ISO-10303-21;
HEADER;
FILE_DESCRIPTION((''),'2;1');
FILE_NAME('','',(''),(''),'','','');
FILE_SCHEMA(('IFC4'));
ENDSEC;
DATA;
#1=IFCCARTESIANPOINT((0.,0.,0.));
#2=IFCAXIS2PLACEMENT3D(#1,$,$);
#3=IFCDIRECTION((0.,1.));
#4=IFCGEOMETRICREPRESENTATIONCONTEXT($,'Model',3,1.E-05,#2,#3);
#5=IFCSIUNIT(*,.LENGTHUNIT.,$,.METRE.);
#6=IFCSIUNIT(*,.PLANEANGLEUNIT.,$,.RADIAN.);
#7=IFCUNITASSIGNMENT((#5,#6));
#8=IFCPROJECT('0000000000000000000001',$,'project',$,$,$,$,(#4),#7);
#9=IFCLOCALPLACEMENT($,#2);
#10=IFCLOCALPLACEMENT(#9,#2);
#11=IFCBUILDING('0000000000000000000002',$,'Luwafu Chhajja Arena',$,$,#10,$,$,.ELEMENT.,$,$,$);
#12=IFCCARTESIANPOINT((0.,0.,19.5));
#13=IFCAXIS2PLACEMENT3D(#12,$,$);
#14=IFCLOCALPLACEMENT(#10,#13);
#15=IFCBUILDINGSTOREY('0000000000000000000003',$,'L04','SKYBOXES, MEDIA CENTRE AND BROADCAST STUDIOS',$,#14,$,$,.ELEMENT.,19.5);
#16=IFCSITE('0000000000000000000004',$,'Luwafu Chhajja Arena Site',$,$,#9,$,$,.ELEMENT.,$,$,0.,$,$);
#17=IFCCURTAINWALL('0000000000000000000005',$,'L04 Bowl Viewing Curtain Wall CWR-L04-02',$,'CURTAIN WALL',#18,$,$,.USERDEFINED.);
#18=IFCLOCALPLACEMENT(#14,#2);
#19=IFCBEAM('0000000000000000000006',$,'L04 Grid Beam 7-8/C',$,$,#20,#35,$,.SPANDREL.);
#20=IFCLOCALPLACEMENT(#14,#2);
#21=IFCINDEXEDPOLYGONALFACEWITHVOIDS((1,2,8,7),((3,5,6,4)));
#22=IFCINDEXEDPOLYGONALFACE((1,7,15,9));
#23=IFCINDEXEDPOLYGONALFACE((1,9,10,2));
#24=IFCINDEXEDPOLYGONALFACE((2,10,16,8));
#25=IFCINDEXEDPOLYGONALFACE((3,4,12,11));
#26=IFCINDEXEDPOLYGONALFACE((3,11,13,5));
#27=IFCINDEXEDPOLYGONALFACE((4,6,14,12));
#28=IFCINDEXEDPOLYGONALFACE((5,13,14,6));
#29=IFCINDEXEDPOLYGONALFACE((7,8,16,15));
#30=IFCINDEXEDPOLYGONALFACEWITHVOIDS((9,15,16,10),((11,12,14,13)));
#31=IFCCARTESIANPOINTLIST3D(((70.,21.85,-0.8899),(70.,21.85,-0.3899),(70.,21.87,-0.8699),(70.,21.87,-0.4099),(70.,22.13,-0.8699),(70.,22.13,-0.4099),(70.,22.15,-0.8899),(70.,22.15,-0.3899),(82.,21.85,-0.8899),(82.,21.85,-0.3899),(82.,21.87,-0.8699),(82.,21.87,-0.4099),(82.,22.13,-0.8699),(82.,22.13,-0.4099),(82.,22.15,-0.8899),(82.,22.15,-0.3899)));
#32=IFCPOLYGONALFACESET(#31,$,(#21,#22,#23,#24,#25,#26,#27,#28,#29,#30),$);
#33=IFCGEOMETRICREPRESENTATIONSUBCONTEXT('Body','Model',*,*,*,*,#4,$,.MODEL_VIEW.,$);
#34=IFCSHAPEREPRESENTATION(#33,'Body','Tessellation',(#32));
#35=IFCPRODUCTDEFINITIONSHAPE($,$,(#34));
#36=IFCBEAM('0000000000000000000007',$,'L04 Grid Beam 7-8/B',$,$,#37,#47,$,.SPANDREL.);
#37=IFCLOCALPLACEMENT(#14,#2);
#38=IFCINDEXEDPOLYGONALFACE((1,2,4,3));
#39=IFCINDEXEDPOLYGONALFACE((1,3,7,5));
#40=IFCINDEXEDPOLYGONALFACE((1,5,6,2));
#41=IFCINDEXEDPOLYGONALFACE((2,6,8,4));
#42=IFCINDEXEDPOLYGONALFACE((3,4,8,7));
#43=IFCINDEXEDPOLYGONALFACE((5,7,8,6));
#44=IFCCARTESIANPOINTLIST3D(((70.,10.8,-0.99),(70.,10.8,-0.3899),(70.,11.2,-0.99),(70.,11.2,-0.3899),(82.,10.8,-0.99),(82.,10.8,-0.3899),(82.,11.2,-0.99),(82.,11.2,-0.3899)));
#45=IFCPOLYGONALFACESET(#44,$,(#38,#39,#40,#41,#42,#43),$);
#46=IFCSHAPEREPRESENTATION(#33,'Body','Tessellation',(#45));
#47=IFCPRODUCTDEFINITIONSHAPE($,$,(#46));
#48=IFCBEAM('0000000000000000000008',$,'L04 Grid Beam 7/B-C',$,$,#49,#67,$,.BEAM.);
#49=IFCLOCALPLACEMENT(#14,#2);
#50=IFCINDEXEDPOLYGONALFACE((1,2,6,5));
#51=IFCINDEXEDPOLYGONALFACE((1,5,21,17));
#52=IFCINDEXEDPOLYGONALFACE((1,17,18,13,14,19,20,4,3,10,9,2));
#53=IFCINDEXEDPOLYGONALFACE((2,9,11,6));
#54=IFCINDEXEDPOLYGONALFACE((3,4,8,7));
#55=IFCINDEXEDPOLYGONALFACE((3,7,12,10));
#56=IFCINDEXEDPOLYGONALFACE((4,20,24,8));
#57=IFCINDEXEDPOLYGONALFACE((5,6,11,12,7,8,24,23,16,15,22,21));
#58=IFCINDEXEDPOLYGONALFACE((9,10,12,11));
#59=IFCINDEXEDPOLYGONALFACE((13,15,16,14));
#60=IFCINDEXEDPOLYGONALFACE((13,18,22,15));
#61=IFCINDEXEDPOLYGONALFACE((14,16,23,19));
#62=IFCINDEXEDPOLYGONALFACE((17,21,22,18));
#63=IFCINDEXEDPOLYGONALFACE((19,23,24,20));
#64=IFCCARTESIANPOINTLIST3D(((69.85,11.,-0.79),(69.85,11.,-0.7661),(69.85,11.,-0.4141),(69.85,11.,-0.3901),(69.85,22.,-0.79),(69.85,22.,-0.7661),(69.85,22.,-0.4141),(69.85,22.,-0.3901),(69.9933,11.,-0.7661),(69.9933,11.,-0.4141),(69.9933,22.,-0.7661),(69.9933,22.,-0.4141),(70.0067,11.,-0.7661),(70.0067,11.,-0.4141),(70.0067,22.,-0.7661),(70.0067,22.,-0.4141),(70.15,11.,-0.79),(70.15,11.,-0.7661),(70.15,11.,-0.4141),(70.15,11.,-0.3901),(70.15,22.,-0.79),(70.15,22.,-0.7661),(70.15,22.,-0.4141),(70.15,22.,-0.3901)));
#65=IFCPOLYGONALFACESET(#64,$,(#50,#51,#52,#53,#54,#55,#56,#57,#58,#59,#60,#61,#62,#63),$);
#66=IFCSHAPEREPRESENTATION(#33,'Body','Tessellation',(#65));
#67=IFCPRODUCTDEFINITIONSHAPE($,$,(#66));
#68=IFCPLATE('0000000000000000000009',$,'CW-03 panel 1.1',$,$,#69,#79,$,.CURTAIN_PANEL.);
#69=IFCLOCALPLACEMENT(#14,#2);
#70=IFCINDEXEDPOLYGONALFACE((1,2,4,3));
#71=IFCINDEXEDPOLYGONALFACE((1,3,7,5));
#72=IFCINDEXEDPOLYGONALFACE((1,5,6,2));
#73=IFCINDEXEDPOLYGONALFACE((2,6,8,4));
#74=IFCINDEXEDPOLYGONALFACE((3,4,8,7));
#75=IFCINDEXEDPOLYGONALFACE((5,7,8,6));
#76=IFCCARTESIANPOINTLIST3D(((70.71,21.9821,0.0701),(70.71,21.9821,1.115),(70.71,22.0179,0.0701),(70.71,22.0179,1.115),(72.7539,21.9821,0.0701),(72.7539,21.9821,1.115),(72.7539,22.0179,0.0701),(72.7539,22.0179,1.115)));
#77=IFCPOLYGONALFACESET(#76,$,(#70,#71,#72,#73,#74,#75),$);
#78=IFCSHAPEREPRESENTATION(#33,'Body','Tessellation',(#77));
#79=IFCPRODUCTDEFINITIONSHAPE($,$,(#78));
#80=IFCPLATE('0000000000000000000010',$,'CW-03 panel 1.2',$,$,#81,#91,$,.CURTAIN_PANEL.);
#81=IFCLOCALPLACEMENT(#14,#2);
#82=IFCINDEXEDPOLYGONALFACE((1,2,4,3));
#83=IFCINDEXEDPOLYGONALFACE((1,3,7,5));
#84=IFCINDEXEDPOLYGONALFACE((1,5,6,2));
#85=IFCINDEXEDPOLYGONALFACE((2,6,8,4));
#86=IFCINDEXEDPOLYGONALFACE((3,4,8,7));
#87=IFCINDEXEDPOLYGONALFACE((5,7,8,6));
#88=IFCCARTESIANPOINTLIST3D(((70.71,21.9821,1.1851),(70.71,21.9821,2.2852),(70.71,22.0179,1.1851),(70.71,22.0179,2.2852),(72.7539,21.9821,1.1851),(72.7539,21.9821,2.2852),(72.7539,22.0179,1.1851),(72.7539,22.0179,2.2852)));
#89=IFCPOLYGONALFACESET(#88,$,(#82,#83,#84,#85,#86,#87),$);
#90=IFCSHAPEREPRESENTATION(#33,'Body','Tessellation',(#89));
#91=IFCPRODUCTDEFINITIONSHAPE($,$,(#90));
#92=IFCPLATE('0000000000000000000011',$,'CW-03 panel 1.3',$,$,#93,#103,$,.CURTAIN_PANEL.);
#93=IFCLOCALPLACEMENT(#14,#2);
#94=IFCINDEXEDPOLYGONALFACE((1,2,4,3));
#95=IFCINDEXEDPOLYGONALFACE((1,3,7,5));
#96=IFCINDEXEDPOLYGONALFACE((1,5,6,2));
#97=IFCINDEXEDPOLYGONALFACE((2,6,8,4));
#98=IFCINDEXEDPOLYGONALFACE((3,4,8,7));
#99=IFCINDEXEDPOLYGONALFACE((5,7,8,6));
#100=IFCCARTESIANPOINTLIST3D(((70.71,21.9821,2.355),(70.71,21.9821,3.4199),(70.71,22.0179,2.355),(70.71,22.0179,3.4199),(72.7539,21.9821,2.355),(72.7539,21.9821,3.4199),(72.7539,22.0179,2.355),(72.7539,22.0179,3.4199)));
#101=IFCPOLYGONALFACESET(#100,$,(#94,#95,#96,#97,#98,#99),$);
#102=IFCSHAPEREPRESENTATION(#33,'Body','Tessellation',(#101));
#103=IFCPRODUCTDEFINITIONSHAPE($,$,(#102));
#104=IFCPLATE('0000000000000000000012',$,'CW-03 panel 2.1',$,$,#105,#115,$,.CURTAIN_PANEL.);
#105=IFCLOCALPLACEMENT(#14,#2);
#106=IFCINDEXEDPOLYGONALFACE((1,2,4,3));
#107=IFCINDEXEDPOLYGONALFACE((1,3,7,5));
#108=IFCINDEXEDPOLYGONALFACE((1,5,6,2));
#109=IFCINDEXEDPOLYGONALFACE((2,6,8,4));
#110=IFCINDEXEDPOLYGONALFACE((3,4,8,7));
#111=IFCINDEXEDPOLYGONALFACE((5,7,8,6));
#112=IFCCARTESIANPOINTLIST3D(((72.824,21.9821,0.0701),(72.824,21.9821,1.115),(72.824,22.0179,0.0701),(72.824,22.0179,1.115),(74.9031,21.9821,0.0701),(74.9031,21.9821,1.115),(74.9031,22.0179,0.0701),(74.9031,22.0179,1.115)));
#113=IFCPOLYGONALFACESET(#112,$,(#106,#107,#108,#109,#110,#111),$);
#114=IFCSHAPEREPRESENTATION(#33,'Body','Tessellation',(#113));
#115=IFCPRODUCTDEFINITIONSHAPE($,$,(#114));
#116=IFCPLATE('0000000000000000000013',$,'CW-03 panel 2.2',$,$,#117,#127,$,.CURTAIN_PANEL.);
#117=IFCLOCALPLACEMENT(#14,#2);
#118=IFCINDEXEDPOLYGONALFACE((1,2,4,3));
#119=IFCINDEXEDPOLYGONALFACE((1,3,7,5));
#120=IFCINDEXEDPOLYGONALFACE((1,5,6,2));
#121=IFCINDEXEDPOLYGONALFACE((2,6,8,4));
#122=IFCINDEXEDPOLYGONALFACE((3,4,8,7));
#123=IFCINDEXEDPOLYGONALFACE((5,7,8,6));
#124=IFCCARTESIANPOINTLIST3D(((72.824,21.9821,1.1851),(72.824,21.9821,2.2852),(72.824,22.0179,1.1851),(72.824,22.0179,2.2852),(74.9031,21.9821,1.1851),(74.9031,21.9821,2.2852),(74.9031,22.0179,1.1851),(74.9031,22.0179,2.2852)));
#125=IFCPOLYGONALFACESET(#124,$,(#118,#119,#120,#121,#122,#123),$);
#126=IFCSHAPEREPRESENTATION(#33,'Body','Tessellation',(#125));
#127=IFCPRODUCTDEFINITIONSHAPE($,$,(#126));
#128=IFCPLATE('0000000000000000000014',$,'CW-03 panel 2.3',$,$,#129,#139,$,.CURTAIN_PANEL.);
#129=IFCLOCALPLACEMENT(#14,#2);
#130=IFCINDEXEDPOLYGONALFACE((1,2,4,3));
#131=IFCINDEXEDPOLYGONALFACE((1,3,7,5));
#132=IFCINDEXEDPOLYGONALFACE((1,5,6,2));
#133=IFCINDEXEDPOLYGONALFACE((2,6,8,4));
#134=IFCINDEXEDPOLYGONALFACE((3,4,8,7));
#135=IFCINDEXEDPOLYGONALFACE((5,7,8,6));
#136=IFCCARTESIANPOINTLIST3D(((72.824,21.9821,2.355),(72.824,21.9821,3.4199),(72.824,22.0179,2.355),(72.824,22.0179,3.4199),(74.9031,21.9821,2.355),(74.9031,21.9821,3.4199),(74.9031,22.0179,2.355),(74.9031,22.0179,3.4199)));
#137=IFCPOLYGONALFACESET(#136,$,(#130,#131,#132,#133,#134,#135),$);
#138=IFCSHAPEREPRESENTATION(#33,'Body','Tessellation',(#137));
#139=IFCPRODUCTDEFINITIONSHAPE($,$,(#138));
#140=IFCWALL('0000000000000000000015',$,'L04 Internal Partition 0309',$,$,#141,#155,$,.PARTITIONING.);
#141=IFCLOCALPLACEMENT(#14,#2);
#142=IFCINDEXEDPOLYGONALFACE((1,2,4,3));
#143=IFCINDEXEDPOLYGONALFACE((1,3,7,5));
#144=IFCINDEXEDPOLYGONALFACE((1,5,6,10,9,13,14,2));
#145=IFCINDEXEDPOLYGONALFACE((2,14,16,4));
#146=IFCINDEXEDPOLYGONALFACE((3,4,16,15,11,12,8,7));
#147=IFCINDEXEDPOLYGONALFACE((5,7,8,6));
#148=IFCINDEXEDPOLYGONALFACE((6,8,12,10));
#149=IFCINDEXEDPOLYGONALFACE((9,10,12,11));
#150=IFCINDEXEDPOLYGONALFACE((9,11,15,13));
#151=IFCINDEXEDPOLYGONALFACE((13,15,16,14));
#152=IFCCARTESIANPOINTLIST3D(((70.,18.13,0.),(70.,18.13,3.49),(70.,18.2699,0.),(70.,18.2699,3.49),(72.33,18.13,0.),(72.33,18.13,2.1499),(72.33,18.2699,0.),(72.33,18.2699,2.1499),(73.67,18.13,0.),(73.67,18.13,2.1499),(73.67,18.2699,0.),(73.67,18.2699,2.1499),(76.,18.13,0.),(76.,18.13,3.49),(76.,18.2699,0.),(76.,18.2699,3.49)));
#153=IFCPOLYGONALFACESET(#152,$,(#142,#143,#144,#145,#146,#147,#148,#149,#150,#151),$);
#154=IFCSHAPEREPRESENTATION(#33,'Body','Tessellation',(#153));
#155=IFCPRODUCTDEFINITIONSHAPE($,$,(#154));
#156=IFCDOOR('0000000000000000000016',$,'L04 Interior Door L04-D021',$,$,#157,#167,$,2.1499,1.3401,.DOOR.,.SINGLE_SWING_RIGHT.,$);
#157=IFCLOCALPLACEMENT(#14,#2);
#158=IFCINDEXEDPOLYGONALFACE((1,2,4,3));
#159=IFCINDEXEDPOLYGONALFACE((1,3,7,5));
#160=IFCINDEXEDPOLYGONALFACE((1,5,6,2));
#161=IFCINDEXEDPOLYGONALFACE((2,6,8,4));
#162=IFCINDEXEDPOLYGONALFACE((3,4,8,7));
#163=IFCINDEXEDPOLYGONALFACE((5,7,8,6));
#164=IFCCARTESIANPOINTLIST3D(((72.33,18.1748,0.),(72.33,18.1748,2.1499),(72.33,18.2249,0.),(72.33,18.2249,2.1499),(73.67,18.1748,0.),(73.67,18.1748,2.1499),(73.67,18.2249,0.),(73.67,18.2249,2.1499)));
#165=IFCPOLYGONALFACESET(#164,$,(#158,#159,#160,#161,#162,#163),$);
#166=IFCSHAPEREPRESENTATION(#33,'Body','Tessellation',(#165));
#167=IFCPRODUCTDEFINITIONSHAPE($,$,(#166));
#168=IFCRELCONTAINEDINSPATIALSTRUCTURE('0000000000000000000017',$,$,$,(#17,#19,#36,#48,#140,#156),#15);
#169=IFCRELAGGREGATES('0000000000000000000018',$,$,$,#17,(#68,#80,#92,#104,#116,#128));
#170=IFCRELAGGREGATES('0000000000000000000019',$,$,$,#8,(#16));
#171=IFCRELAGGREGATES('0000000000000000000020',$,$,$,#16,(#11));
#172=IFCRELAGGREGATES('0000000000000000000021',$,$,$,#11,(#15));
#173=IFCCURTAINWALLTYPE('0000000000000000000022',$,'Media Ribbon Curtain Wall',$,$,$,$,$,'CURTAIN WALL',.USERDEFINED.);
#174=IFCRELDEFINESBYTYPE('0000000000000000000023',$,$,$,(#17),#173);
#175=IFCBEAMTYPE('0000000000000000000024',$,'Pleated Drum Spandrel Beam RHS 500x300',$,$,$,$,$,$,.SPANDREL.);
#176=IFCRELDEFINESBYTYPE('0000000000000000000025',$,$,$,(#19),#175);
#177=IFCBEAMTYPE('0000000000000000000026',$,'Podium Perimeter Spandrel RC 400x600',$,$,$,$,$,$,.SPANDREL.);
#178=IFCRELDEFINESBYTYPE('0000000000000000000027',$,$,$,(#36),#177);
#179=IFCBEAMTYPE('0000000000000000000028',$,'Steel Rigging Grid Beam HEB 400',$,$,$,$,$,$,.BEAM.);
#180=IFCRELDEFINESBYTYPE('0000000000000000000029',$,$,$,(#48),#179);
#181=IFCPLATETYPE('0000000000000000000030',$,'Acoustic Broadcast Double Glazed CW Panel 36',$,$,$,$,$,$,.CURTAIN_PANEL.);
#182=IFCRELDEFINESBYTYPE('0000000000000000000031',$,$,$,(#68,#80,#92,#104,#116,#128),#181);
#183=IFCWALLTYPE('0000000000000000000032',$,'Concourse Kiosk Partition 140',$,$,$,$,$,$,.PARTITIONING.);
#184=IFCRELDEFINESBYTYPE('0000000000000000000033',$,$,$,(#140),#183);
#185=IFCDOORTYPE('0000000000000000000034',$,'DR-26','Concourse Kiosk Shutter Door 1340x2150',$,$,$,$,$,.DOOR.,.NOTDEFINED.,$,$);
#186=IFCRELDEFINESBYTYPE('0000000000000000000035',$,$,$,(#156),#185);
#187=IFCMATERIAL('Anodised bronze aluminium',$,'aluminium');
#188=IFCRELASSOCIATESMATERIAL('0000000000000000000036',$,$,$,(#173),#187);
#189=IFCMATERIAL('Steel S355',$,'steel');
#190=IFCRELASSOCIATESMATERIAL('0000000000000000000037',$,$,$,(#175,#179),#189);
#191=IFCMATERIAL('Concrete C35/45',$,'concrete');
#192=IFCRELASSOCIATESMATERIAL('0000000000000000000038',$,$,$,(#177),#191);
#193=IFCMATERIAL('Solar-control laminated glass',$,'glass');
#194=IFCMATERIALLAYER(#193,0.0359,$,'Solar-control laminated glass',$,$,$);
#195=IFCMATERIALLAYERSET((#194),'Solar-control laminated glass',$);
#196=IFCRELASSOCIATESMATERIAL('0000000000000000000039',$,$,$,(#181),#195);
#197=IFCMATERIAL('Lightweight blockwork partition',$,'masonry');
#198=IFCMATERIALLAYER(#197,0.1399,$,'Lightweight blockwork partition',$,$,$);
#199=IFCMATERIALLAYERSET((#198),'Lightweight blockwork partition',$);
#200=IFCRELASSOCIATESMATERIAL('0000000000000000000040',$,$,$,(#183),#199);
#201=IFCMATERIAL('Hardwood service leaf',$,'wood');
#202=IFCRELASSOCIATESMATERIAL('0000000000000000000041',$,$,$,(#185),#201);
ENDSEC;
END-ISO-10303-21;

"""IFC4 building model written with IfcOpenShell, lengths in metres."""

from ifc_helpers import new_model, si_unit, direction, frame, frame_2d, origin, origin_2d, place, context, subcontext, project, spatial, rectangle, hollow_rectangle, i_section, extrude, material, layer, layer_set, material_profile, profile_set, type_object, element, fill, aggregate, save


model = new_model("IFC4")

# Units and contexts
model_context = context("Model", 3, precision=1e-05, world=origin(), true_north=direction((0.0, 1.0)))
body_context = subcontext(model_context, "Body", "Model", "MODEL_VIEW")
ifc_project = project(units=[si_unit("LENGTHUNIT", "METRE"), si_unit("PLANEANGLEUNIT", "RADIAN")], contexts=[model_context])

# Site, building, storey
site_placement = place(None, origin())
site = spatial("IfcSite", under=ifc_project, at=site_placement, Name="Luwafu Chhajja Arena Site", CompositionType="ELEMENT", RefElevation=0.0)
building_placement = place(site_placement, origin())
building = spatial("IfcBuilding", under=site, at=building_placement, Name="Luwafu Chhajja Arena", CompositionType="ELEMENT")
storey_placement = place(building_placement, frame((0.0, 0.0, 19.5)))
storey = spatial("IfcBuildingStorey", under=building, at=storey_placement, Name="L04", Description="SKYBOXES, MEDIA CENTRE AND BROADCAST STUDIOS", CompositionType="ELEMENT", Elevation=19.5)

# Curtain wall
ifc_material_1 = material(Name="Anodised bronze aluminium", Category="aluminium")
curtain_wall_type = type_object("IfcCurtainWallType", Name="Media Ribbon Curtain Wall", ElementType="CURTAIN WALL", PredefinedType="USERDEFINED", material=ifc_material_1)
curtain_wall_placement = place(storey_placement, origin())
curtain_wall = element("IfcCurtainWall", 1, at=curtain_wall_placement, inside=storey, type_object=curtain_wall_type, Name="L04 Bowl Viewing Curtain Wall CWR-L04-02", ObjectType="CURTAIN WALL", PredefinedType="USERDEFINED")

# Beams
ifc_material_2 = material(Name="Steel S355", Category="steel")
ifc_material_profile_1 = material_profile(ifc_material_2, hollow_rectangle(XDim=0.3, YDim=0.5, WallThickness=0.02, at=origin_2d()), Name="RHS 500x300x20")
ifc_profile_set_1 = profile_set([ifc_material_profile_1], Name="Steel S355")
beam_type_1 = type_object("IfcBeamType", Name="Pleated Drum Spandrel Beam RHS 500x300", PredefinedType="SPANDREL", material=ifc_profile_set_1)
beam_1_placement = place(storey_placement, frame((70.0, 22.0, -0.6399), z_axis=(1.0, 0.0, 0.0), x_axis=(0.0, 1.0, 0.0)))
element("IfcBeam", 2, at=beam_1_placement, inside=storey, type_object=beam_type_1, Name="L04 Grid Beam 7-8/C", PredefinedType="SPANDREL", context=body_context, shape_type="SweptSolid", body=[
    extrude(hollow_rectangle(XDim=0.3, YDim=0.5, WallThickness=0.02, at=origin_2d()), origin(), (0.0, 0.0, 1.0), 12.0),
])
ifc_material_3 = material(Name="Concrete C35/45", Category="concrete")
ifc_material_profile_2 = material_profile(ifc_material_3, rectangle(XDim=0.3999, YDim=0.6001, at=origin_2d()), Name="RC 400x600")
ifc_profile_set_2 = profile_set([ifc_material_profile_2], Name="Concrete C35/45")
beam_type_2 = type_object("IfcBeamType", Name="Podium Perimeter Spandrel RC 400x600", PredefinedType="SPANDREL", material=ifc_profile_set_2)
beam_2_placement = place(storey_placement, frame((70.0, 11.0, -0.6899), z_axis=(1.0, 0.0, 0.0), x_axis=(0.0, 1.0, 0.0)))
element("IfcBeam", 3, at=beam_2_placement, inside=storey, type_object=beam_type_2, Name="L04 Grid Beam 7-8/B", PredefinedType="SPANDREL", context=body_context, shape_type="SweptSolid", body=[
    extrude(rectangle(XDim=0.3999, YDim=0.6001, at=origin_2d()), origin(), (0.0, 0.0, 1.0), 12.0),
])
ifc_material_profile_3 = material_profile(ifc_material_2, i_section(OverallWidth=0.3, OverallDepth=0.3999, WebThickness=0.0134, FlangeThickness=0.0239, at=origin_2d()), Name="HEB 400")
ifc_profile_set_3 = profile_set([ifc_material_profile_3], Name="Steel S355")
beam_type_3 = type_object("IfcBeamType", Name="Steel Rigging Grid Beam HEB 400", PredefinedType="BEAM", material=ifc_profile_set_3)
beam_3_placement = place(storey_placement, frame((70.0, 11.0, -0.5901), z_axis=(0.0, 1.0, 0.0), x_axis=(-1.0, 0.0, 0.0)))
element("IfcBeam", 4, at=beam_3_placement, inside=storey, type_object=beam_type_3, Name="L04 Grid Beam 7/B-C", PredefinedType="BEAM", context=body_context, shape_type="SweptSolid", body=[
    extrude(i_section(OverallWidth=0.3, OverallDepth=0.3999, WebThickness=0.0134, FlangeThickness=0.0239, at=origin_2d()), origin(), (0.0, 0.0, 1.0), 11.0),
])

# Plates
ifc_material_4 = material(Name="Solar-control laminated glass", Category="glass")
ifc_layer_1 = layer(ifc_material_4, 0.0359, Name="Solar-control laminated glass")
ifc_layer_set_1 = layer_set([ifc_layer_1], Name="Solar-control laminated glass")
plate_type = type_object("IfcPlateType", Name="Acoustic Broadcast Double Glazed CW Panel 36", PredefinedType="CURTAIN_PANEL", material=ifc_layer_set_1)
plate_1_placement = place(storey_placement, frame((71.7319, 22.0, 0.0701), z_axis=(0.0, 0.0, 1.0), x_axis=(1.0, 0.0, 0.0)))
plate_1 = element("IfcPlate", 5, at=plate_1_placement, type_object=plate_type, Name="CW-03 panel 1.1", PredefinedType="CURTAIN_PANEL", context=body_context, shape_type="SweptSolid", body=[
    extrude(rectangle(XDim=2.0439, YDim=0.0359, at=origin_2d()), origin(), (0.0, 0.0, 1.0), 1.0449),
])
plate_2_placement = place(storey_placement, frame((71.7319, 22.0, 1.1851), z_axis=(0.0, 0.0, 1.0), x_axis=(1.0, 0.0, 0.0)))
plate_2 = element("IfcPlate", 6, at=plate_2_placement, type_object=plate_type, Name="CW-03 panel 1.2", PredefinedType="CURTAIN_PANEL", context=body_context, shape_type="SweptSolid", body=[
    extrude(rectangle(XDim=2.0439, YDim=0.0359, at=origin_2d()), origin(), (0.0, 0.0, 1.0), 1.1001),
])
plate_3_placement = place(storey_placement, frame((71.7319, 22.0, 2.355), z_axis=(0.0, 0.0, 1.0), x_axis=(1.0, 0.0, 0.0)))
plate_3 = element("IfcPlate", 7, at=plate_3_placement, type_object=plate_type, Name="CW-03 panel 1.3", PredefinedType="CURTAIN_PANEL", context=body_context, shape_type="SweptSolid", body=[
    extrude(rectangle(XDim=2.0439, YDim=0.0359, at=origin_2d()), origin(), (0.0, 0.0, 1.0), 1.0649),
])
plate_4_placement = place(storey_placement, frame((73.8635, 22.0, 0.0701), z_axis=(0.0, 0.0, 1.0), x_axis=(1.0, 0.0, 0.0)))
plate_4 = element("IfcPlate", 8, at=plate_4_placement, type_object=plate_type, Name="CW-03 panel 2.1", PredefinedType="CURTAIN_PANEL", context=body_context, shape_type="SweptSolid", body=[
    extrude(rectangle(XDim=2.0791, YDim=0.0359, at=origin_2d()), origin(), (0.0, 0.0, 1.0), 1.0449),
])
plate_5_placement = place(storey_placement, frame((73.8635, 22.0, 1.1851), z_axis=(0.0, 0.0, 1.0), x_axis=(1.0, 0.0, 0.0)))
plate_5 = element("IfcPlate", 9, at=plate_5_placement, type_object=plate_type, Name="CW-03 panel 2.2", PredefinedType="CURTAIN_PANEL", context=body_context, shape_type="SweptSolid", body=[
    extrude(rectangle(XDim=2.0791, YDim=0.0359, at=origin_2d()), origin(), (0.0, 0.0, 1.0), 1.1001),
])
plate_6_placement = place(storey_placement, frame((73.8635, 22.0, 2.355), z_axis=(0.0, 0.0, 1.0), x_axis=(1.0, 0.0, 0.0)))
plate_6 = element("IfcPlate", 10, at=plate_6_placement, type_object=plate_type, Name="CW-03 panel 2.3", PredefinedType="CURTAIN_PANEL", context=body_context, shape_type="SweptSolid", body=[
    extrude(rectangle(XDim=2.0791, YDim=0.0359, at=origin_2d()), origin(), (0.0, 0.0, 1.0), 1.0649),
])
aggregate(curtain_wall, [plate_1, plate_2, plate_3, plate_4, plate_5, plate_6])

# Wall, opening, door
ifc_material_5 = material(Name="Lightweight blockwork partition", Category="masonry")
ifc_layer_2 = layer(ifc_material_5, 0.1399, Name="Lightweight blockwork partition")
ifc_layer_set_2 = layer_set([ifc_layer_2], Name="Lightweight blockwork partition")
wall_type_1 = type_object("IfcWallType", Name="Concourse Kiosk Partition 140", PredefinedType="PARTITIONING", material=ifc_layer_set_2)
wall_1_placement = place(storey_placement, frame((70.0, 18.2, 0.0), z_axis=(0.0, 0.0, 1.0), x_axis=(1.0, 0.0, 0.0)))
wall_1 = element("IfcWall", 11, at=wall_1_placement, inside=storey, type_object=wall_type_1, Name="L04 Internal Partition 0309", PredefinedType="PARTITIONING", context=body_context, shape_type="SweptSolid", body=[
    extrude(rectangle(XDim=6.0, YDim=0.1399, at=frame_2d((3.0, 0.0))), origin(), (0.0, 0.0, 1.0), 3.49),
])
opening_1_placement = place(wall_1_placement, frame((2.3301, 0.0, 0.0)))
opening_1 = element("IfcOpeningElement", 12, at=opening_1_placement, cuts=wall_1, PredefinedType="OPENING", context=body_context, shape_type="SweptSolid", body=[
    extrude(rectangle(XDim=1.3401, YDim=2.1499, at=frame_2d((0.6699, 1.075))), frame((0.0, 0.0798, 0.0), z_axis=(0.0, -1.0, 0.0), x_axis=(1.0, 0.0, 0.0)), (0.0, 0.0, 1.0), 0.1599),
])
ifc_material_6 = material(Name="Hardwood service leaf", Category="wood")
door_type = type_object("IfcDoorType", Name="DR-26", Description="Concourse Kiosk Shutter Door 1340x2150", OperationType="NOTDEFINED", PredefinedType="DOOR", material=ifc_material_6)
door_placement = place(opening_1_placement, origin())
door = element("IfcDoor", 13, at=door_placement, inside=storey, type_object=door_type, Name="L04 Interior Door L04-D021", OperationType="SINGLE_SWING_RIGHT", OverallHeight=2.1499, OverallWidth=1.3401, PredefinedType="DOOR", context=body_context, shape_type="SweptSolid", body=[
    extrude(rectangle(XDim=1.3401, YDim=2.1499, at=frame_2d((0.6699, 1.075))), frame((0.0, 0.0249, 0.0), z_axis=(0.0, -1.0, 0.0), x_axis=(1.0, 0.0, 0.0)), (0.0, 0.0, 1.0), 0.05),
])
fill(opening_1, door)

save(model, "model.ifc")
